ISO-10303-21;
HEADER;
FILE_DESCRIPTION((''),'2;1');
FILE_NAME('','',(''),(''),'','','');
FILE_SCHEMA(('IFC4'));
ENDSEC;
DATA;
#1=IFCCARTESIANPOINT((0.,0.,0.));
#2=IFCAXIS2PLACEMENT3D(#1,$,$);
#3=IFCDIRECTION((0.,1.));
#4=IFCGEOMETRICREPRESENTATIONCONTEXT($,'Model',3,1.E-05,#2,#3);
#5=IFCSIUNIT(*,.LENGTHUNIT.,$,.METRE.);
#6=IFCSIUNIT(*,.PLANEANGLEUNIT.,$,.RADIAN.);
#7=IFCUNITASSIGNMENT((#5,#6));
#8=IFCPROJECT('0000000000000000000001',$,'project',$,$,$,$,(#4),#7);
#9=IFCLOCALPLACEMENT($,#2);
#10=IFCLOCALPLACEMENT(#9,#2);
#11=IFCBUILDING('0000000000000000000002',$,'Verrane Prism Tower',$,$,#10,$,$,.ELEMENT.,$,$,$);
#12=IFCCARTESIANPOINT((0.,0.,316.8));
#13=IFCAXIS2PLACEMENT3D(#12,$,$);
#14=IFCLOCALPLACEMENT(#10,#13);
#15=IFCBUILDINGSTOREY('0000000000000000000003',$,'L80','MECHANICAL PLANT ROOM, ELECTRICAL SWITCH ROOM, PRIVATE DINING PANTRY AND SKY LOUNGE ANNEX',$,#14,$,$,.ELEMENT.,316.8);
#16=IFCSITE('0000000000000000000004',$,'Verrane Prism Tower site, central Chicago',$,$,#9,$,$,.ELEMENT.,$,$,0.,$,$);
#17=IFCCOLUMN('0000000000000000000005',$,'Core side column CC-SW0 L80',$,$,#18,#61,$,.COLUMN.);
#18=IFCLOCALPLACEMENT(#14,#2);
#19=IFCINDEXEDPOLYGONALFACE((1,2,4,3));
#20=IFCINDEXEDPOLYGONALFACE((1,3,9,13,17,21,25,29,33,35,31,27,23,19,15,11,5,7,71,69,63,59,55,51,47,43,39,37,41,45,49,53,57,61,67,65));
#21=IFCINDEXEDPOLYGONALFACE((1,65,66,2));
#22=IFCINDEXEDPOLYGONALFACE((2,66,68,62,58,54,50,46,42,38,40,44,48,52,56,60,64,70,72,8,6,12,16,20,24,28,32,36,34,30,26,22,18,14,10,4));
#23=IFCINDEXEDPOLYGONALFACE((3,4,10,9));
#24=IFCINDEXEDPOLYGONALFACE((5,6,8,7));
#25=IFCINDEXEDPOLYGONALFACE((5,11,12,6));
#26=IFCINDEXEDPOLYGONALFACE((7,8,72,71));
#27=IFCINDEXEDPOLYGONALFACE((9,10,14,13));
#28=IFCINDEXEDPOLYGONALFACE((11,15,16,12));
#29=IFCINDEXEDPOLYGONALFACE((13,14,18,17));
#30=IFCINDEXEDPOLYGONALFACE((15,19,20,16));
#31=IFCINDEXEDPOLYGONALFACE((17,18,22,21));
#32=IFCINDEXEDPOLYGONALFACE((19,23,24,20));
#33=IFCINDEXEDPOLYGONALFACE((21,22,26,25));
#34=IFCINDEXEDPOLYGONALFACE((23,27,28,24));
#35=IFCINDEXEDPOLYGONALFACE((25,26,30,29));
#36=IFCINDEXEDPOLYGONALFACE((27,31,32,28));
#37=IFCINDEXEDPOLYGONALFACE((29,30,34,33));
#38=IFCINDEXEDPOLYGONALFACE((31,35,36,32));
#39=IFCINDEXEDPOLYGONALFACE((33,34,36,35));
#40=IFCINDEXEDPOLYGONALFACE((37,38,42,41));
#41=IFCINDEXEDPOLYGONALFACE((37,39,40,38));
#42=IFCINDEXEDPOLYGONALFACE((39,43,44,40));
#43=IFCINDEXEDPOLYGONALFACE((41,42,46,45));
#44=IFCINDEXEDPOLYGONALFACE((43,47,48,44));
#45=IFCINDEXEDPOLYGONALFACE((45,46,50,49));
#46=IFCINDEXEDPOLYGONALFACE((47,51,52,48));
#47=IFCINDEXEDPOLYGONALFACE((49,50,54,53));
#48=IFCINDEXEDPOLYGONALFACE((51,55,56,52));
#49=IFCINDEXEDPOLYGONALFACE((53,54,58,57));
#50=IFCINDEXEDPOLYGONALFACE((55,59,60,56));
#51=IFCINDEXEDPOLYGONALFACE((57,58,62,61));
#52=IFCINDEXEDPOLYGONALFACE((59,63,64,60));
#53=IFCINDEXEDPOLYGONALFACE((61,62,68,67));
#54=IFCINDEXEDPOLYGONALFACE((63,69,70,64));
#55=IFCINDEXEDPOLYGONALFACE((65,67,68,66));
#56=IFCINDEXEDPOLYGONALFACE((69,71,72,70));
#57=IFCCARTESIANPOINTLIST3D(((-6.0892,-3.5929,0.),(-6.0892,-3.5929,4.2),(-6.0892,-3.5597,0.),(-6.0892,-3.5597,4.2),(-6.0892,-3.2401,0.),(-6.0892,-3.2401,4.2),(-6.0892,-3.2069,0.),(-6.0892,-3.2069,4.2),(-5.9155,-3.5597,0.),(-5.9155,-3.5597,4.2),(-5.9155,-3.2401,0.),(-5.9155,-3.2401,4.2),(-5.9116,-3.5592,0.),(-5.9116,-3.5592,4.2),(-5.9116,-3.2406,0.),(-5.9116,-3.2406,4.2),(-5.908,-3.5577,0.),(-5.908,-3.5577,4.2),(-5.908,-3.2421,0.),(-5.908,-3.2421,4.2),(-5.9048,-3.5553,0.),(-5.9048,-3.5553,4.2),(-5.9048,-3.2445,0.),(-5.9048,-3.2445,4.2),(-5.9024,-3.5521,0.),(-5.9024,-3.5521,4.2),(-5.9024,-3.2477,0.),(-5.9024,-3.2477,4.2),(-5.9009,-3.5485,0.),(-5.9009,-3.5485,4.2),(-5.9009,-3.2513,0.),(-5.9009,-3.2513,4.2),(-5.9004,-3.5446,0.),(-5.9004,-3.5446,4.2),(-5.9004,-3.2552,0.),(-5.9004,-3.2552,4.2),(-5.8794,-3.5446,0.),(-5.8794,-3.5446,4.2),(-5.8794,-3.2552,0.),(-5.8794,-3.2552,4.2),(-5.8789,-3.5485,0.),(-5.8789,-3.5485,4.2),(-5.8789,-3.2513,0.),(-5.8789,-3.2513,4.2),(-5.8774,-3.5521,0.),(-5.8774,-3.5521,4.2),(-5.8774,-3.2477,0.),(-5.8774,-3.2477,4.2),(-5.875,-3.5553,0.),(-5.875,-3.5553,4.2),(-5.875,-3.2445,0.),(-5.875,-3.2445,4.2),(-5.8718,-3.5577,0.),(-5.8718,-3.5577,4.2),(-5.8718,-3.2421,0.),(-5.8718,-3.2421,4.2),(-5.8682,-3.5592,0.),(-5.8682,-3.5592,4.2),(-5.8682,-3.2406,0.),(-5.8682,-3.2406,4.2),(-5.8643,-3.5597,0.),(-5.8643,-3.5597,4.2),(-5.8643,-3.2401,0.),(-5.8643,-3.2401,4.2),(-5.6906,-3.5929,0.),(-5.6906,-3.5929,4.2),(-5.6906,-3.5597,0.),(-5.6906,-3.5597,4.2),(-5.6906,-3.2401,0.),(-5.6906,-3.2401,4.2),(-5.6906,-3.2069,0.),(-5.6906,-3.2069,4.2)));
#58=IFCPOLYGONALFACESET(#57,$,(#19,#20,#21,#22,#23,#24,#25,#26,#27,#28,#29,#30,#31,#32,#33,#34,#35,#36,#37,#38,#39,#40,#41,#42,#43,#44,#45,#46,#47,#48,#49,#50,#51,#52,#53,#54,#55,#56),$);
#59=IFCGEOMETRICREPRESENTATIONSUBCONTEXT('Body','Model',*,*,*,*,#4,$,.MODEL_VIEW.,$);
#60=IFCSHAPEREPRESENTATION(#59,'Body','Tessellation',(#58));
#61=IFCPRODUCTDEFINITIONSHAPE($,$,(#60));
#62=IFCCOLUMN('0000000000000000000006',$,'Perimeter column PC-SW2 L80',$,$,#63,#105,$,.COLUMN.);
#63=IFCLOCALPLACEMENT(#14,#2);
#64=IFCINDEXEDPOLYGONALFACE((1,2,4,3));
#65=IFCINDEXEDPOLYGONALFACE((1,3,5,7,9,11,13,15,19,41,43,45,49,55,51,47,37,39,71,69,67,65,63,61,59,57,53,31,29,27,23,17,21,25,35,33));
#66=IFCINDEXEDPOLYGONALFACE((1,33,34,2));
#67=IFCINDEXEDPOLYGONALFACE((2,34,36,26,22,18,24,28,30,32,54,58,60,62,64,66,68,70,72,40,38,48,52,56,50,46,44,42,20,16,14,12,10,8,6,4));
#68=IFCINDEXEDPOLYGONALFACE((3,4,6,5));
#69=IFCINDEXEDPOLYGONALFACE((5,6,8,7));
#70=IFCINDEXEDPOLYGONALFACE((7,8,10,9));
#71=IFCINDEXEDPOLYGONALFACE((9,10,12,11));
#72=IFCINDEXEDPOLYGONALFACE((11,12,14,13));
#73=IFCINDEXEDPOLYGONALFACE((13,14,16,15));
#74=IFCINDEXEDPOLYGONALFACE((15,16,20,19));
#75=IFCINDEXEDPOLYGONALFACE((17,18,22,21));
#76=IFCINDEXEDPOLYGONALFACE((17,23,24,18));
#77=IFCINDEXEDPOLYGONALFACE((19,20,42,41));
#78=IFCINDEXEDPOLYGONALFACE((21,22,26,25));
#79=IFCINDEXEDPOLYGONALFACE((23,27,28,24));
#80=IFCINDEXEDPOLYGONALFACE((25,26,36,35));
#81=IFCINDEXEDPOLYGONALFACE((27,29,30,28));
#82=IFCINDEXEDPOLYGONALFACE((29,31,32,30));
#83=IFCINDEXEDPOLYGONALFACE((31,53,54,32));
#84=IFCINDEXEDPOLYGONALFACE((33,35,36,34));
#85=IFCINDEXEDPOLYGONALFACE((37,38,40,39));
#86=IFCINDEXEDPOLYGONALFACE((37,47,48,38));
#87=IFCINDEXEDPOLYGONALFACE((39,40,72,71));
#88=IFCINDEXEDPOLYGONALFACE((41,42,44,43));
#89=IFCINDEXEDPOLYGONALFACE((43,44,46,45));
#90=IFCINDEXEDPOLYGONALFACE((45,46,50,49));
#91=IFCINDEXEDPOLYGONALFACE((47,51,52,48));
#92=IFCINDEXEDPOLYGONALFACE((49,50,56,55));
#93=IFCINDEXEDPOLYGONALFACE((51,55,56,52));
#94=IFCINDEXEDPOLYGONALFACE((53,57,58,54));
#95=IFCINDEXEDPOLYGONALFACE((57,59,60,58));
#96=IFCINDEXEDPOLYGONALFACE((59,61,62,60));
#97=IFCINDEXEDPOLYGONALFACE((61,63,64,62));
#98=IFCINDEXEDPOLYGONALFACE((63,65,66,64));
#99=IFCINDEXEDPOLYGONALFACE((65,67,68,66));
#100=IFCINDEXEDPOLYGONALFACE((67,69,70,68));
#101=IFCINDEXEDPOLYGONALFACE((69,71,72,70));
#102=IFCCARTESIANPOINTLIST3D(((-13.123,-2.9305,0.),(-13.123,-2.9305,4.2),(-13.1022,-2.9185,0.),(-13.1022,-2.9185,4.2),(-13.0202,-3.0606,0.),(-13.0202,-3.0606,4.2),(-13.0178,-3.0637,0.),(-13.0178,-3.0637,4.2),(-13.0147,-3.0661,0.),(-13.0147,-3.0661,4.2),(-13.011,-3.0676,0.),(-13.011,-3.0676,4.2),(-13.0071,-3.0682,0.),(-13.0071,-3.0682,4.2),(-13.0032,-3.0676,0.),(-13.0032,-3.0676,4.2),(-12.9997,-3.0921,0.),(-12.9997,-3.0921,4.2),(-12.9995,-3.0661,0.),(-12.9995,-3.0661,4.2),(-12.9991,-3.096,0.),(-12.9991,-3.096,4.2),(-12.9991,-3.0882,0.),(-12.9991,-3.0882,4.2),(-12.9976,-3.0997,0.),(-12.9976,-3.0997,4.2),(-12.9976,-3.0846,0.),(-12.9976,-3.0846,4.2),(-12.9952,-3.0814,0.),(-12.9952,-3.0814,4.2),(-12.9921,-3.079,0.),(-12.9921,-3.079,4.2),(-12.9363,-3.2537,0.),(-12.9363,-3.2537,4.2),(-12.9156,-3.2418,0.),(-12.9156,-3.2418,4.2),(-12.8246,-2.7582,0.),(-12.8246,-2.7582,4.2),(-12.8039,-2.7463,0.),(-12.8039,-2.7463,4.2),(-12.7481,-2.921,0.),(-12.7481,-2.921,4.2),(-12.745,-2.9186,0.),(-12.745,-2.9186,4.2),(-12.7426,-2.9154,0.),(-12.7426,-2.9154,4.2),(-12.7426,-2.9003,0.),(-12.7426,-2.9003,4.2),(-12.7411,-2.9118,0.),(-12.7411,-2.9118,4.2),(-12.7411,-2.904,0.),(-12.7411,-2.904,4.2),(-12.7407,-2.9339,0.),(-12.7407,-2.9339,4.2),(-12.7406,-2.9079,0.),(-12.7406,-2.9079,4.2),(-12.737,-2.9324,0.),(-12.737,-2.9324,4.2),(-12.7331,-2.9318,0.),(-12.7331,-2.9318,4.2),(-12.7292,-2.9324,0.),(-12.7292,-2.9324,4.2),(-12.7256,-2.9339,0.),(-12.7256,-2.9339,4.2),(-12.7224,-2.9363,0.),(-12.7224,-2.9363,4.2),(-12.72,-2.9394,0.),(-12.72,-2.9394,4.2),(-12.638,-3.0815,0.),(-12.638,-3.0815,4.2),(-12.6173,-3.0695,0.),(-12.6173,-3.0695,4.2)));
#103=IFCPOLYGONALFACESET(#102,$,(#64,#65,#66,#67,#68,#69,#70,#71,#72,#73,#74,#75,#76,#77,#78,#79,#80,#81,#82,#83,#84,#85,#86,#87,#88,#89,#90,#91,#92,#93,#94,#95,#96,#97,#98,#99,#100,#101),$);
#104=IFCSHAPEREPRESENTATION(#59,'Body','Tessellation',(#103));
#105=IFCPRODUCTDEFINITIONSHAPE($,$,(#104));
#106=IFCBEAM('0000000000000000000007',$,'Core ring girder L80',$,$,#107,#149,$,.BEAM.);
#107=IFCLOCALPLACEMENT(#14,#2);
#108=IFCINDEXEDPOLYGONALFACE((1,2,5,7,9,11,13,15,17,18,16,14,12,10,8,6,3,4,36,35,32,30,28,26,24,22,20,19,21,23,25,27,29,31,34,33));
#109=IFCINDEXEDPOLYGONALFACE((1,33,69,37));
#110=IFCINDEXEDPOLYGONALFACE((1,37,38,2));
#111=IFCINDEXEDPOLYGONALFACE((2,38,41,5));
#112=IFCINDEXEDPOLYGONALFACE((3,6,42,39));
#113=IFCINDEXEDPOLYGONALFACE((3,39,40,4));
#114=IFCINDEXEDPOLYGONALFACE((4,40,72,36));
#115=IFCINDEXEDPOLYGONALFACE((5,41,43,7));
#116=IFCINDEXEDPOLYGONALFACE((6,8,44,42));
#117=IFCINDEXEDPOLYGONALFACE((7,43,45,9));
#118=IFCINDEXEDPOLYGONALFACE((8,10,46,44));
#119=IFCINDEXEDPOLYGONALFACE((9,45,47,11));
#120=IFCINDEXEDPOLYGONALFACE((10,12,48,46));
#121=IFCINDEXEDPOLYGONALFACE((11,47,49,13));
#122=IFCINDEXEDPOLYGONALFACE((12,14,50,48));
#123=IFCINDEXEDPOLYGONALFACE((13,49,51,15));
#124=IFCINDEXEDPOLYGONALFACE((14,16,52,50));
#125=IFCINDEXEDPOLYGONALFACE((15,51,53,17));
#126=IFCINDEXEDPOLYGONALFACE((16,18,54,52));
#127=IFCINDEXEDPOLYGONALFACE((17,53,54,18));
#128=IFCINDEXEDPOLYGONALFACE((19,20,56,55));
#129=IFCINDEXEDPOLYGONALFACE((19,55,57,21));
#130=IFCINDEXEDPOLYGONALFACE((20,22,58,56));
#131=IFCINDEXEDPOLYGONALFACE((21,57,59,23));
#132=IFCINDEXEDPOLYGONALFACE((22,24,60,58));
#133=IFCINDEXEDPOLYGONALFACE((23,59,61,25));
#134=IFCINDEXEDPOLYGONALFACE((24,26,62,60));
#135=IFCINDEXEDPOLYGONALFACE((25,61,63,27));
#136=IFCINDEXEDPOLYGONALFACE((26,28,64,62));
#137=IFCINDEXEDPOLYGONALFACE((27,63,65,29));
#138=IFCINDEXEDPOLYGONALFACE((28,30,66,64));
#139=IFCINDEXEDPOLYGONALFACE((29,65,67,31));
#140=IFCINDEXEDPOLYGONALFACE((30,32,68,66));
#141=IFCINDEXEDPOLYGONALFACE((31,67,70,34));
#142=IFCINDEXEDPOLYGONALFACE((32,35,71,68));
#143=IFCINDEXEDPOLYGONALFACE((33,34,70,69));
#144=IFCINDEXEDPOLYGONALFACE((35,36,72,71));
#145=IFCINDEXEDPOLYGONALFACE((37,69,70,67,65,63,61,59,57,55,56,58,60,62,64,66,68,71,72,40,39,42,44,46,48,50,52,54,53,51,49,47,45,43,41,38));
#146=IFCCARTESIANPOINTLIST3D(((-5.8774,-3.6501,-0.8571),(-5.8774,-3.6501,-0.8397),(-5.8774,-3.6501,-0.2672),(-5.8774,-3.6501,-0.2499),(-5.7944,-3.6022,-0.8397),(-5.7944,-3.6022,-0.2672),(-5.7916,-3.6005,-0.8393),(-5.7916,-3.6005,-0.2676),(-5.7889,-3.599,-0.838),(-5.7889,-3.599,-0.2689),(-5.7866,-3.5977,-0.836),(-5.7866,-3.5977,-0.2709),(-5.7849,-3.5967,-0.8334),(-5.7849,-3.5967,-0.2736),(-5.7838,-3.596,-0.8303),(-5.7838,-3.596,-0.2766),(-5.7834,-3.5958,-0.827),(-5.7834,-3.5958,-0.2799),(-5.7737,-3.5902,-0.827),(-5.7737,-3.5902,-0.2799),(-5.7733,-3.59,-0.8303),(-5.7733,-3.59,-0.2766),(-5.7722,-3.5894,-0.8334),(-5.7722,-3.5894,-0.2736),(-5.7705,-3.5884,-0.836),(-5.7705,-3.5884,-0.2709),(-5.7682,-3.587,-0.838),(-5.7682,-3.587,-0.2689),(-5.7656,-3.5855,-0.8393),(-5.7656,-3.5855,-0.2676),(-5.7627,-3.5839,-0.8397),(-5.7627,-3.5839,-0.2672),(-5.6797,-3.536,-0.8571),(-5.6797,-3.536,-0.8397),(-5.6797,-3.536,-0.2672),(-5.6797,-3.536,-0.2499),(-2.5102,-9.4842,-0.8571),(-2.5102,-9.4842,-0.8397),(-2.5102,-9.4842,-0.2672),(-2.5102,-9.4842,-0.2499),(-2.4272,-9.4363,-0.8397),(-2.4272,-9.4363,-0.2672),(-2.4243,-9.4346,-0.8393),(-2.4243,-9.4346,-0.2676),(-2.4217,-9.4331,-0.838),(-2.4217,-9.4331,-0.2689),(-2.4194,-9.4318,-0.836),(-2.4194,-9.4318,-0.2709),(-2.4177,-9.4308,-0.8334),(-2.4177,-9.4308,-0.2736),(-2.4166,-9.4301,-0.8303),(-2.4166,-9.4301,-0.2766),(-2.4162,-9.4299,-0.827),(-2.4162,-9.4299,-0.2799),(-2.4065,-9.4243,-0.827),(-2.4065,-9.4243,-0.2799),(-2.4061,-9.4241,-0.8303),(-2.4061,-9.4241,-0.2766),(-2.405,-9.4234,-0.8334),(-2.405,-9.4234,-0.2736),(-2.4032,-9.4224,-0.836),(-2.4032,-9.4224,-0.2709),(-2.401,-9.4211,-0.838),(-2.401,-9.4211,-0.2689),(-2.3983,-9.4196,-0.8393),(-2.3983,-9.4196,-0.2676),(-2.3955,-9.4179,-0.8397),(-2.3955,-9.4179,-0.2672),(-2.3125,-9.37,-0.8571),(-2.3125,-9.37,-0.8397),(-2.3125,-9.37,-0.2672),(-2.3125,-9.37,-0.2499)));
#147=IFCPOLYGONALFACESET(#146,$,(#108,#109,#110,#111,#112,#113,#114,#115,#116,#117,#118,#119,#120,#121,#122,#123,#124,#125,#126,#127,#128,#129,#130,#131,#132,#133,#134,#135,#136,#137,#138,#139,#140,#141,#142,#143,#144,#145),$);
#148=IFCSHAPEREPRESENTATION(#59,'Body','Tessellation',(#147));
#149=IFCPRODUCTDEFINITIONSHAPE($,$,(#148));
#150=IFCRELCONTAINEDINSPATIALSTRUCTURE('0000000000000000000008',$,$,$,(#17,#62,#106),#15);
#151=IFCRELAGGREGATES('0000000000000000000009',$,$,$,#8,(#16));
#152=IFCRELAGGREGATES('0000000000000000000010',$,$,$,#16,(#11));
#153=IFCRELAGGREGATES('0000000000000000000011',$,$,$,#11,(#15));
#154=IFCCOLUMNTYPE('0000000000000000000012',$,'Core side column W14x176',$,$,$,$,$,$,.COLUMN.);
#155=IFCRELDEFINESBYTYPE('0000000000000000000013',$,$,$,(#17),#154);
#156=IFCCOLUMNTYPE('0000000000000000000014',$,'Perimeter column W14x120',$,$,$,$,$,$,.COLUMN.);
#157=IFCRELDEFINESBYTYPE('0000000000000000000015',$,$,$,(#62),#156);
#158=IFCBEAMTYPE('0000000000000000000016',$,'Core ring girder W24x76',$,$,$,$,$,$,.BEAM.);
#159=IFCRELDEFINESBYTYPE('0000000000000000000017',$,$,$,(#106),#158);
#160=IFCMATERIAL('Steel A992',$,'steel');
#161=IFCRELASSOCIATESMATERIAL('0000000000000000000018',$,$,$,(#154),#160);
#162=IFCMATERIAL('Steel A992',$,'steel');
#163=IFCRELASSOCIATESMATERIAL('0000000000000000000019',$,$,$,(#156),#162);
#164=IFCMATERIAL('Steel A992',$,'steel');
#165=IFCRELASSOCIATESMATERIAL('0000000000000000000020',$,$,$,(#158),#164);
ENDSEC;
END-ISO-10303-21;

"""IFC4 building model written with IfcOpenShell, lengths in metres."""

from ifc_helpers import new_model, si_unit, direction, frame, origin, origin_2d, place, context, subcontext, project, spatial, i_section, extrude, material, material_profile, profile_set, type_object, element, save


model = new_model("IFC4")

# Units and contexts
model_context = context("Model", 3, precision=1e-05, world=origin(), true_north=direction((0.0, 1.0)))
body_context = subcontext(model_context, "Body", "Model", "MODEL_VIEW")
ifc_project = project(units=[si_unit("LENGTHUNIT", "METRE"), si_unit("PLANEANGLEUNIT", "RADIAN")], contexts=[model_context])

# Site, building, storey
site_placement = place(None, origin())
site = spatial("IfcSite", under=ifc_project, at=site_placement, Name="Verrane Prism Tower site, central Chicago", CompositionType="ELEMENT", RefElevation=0.0)
building_placement = place(site_placement, origin())
building = spatial("IfcBuilding", under=site, at=building_placement, Name="Verrane Prism Tower", CompositionType="ELEMENT")
storey_placement = place(building_placement, frame((0.0, 0.0, 316.8)))
storey = spatial("IfcBuildingStorey", under=building, at=storey_placement, Name="L80", Description="MECHANICAL PLANT ROOM, ELECTRICAL SWITCH ROOM, PRIVATE DINING PANTRY AND SKY LOUNGE ANNEX", CompositionType="ELEMENT", Elevation=316.8)

# Columns
ifc_material_1 = material(Name="Steel A992", Category="steel")
ifc_material_profile_1 = material_profile(ifc_material_1, i_section(OverallWidth=0.3987, OverallDepth=0.386, WebThickness=0.021, FlangeThickness=0.0332, FilletRadius=0.0151, at=origin_2d()), Name="W14x176")
ifc_profile_set_1 = profile_set([ifc_material_profile_1], Name="Steel A992")
column_type_1 = type_object("IfcColumnType", Name="Core side column W14x176", PredefinedType="COLUMN", material=ifc_profile_set_1)
column_1_placement = place(storey_placement, frame((-5.8899, -3.3999, 0.0), z_axis=(0.0, 0.0, 1.0), x_axis=(1.0, 0.0, 0.0)))
element("IfcColumn", 1, at=column_1_placement, inside=storey, type_object=column_type_1, Name="Core side column CC-SW0 L80", PredefinedType="COLUMN", context=body_context, shape_type="SweptSolid", body=[
    extrude(i_section(OverallWidth=0.3987, OverallDepth=0.386, WebThickness=0.021, FlangeThickness=0.0332, FilletRadius=0.0151, at=origin_2d()), origin(), (0.0, 0.0, 1.0), 4.2),
])
ifc_material_2 = material(Name="Steel A992", Category="steel")
ifc_material_profile_2 = material_profile(ifc_material_2, i_section(OverallWidth=0.3733, OverallDepth=0.3684, WebThickness=0.0149, FlangeThickness=0.0239, FilletRadius=0.0151, at=origin_2d()), Name="W14x120")
ifc_profile_set_2 = profile_set([ifc_material_profile_2], Name="Steel A992")
column_type_2 = type_object("IfcColumnType", Name="Perimeter column W14x120", PredefinedType="COLUMN", material=ifc_profile_set_2)
column_2_placement = place(storey_placement, frame((-12.8701, -3.0, 0.0), z_axis=(0.0, 0.0, 1.0), x_axis=(-0.5, 0.866025, 0.0)))
element("IfcColumn", 2, at=column_2_placement, inside=storey, type_object=column_type_2, Name="Perimeter column PC-SW2 L80", PredefinedType="COLUMN", context=body_context, shape_type="SweptSolid", body=[
    extrude(i_section(OverallWidth=0.3733, OverallDepth=0.3684, WebThickness=0.0149, FlangeThickness=0.0239, FilletRadius=0.0151, at=origin_2d()), origin(), (0.0, 0.0, 1.0), 4.2),
])

# Beam
ifc_material_3 = material(Name="Steel A992", Category="steel")
ifc_material_profile_3 = material_profile(ifc_material_3, i_section(OverallWidth=0.2283, OverallDepth=0.6072, WebThickness=0.0112, FlangeThickness=0.0173, FilletRadius=0.0127, at=origin_2d()), Name="W24x76")
ifc_profile_set_3 = profile_set([ifc_material_profile_3], Name="Steel A992")
beam_type_1 = type_object("IfcBeamType", Name="Core ring girder W24x76", PredefinedType="BEAM", material=ifc_profile_set_3)
beam_1_placement = place(storey_placement, frame((-5.7786, -3.593, -0.5535), z_axis=(0.499881, -0.866094, 0.0), x_axis=(0.866094, 0.499881, 0.0)))
element("IfcBeam", 3, at=beam_1_placement, inside=storey, type_object=beam_type_1, Name="Core ring girder L80", PredefinedType="BEAM", context=body_context, shape_type="SweptSolid", body=[
    extrude(i_section(OverallWidth=0.2283, OverallDepth=0.6072, WebThickness=0.0112, FlangeThickness=0.0173, FilletRadius=0.0127, at=origin_2d()), origin(), (0.0, 0.0, 1.0), 6.7361),
])

save(model, "model.ifc")
